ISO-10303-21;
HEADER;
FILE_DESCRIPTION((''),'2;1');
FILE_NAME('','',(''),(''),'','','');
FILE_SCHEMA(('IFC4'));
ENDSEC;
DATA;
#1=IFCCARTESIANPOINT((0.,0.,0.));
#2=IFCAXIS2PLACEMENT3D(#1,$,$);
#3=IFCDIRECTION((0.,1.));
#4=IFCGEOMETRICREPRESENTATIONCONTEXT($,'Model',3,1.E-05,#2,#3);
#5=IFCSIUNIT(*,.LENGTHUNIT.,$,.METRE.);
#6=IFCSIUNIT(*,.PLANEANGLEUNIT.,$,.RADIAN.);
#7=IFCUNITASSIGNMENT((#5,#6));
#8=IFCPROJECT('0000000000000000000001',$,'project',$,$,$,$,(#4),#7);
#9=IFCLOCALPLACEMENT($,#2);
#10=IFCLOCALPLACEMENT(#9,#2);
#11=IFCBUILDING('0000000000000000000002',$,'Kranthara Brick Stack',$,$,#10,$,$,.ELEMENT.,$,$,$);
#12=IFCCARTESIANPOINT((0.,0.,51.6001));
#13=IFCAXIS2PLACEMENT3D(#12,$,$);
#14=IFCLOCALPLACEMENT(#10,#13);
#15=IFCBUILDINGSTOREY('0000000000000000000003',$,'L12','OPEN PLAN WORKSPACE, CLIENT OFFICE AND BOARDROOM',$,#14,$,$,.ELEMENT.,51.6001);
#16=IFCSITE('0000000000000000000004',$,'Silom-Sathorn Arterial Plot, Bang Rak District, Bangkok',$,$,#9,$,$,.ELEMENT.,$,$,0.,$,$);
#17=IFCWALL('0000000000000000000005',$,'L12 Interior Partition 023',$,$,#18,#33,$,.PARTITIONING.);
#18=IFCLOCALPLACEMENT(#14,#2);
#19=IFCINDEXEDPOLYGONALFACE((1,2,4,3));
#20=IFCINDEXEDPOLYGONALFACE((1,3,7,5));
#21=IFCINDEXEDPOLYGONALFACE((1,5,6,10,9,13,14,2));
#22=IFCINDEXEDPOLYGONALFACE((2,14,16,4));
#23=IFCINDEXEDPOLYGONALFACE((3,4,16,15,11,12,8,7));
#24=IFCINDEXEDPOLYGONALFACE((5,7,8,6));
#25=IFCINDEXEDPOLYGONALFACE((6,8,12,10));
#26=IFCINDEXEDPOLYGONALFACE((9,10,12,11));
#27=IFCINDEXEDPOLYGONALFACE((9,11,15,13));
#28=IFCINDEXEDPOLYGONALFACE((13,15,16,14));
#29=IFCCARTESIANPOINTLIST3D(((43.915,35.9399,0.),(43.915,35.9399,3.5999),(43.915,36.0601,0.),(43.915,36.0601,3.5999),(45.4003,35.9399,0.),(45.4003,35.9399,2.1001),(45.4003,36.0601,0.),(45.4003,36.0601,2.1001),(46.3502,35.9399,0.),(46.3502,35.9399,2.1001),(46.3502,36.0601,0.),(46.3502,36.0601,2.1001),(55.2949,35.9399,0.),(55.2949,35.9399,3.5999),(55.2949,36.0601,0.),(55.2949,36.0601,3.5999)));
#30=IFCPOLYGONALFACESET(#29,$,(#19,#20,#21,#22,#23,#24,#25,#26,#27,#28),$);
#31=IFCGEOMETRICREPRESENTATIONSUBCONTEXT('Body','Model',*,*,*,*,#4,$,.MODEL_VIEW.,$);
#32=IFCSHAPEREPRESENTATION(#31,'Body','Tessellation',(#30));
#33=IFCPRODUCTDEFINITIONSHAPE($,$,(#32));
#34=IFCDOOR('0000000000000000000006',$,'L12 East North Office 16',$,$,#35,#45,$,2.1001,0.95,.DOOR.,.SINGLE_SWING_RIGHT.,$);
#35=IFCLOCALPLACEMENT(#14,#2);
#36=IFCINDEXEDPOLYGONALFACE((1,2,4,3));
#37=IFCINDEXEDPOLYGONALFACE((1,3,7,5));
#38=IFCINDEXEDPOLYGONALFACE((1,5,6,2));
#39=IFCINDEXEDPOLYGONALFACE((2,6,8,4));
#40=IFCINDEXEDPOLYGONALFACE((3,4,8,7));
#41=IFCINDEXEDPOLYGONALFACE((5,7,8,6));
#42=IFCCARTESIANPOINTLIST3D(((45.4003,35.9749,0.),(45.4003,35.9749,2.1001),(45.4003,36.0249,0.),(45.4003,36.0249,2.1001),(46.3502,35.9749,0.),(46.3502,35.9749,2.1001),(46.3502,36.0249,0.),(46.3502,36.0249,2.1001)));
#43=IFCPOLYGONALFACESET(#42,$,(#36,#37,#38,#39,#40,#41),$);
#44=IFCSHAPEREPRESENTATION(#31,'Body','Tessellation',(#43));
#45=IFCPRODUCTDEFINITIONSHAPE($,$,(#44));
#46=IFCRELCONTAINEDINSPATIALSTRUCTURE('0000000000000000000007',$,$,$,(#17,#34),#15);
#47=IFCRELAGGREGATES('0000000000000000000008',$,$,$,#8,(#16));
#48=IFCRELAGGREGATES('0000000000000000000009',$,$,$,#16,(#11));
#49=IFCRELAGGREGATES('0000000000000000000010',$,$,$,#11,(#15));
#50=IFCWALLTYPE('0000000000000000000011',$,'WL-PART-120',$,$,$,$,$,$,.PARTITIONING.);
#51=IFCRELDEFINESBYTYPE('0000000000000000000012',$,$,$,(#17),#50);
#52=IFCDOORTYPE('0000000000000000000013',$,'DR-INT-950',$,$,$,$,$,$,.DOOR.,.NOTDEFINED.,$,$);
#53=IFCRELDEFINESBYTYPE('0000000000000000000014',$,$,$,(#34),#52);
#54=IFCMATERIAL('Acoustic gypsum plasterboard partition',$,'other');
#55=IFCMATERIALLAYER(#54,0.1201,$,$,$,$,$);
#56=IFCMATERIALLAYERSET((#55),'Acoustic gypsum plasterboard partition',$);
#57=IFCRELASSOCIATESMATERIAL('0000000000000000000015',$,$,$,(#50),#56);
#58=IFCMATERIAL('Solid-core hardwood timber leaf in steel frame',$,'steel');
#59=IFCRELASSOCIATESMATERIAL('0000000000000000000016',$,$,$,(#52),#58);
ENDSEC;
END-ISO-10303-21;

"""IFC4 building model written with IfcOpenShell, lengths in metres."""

from ifc_helpers import new_model, si_unit, direction, frame, frame_2d, origin, place, context, subcontext, project, spatial, rectangle, extrude, material, layer, layer_set, type_object, element, fill, save


model = new_model("IFC4")

# Units and contexts
model_context = context("Model", 3, precision=1e-05, world=origin(), true_north=direction((0.0, 1.0)))
body_context = subcontext(model_context, "Body", "Model", "MODEL_VIEW")
ifc_project = project(units=[si_unit("LENGTHUNIT", "METRE"), si_unit("PLANEANGLEUNIT", "RADIAN")], contexts=[model_context])

# Site, building, storey
site_placement = place(None, origin())
site = spatial("IfcSite", under=ifc_project, at=site_placement, Name="Silom-Sathorn Arterial Plot, Bang Rak District, Bangkok", CompositionType="ELEMENT", RefElevation=0.0)
building_placement = place(site_placement, origin())
building = spatial("IfcBuilding", under=site, at=building_placement, Name="Kranthara Brick Stack", CompositionType="ELEMENT")
storey_placement = place(building_placement, frame((0.0, 0.0, 51.6001)))
storey = spatial("IfcBuildingStorey", under=building, at=storey_placement, Name="L12", Description="OPEN PLAN WORKSPACE, CLIENT OFFICE AND BOARDROOM", CompositionType="ELEMENT", Elevation=51.6001)

# Shared definitions
ifc_material_1 = material(Name="Acoustic gypsum plasterboard partition", Category="other")
ifc_layer_1 = layer(ifc_material_1, 0.1201)
ifc_layer_set_1 = layer_set([ifc_layer_1], Name="Acoustic gypsum plasterboard partition")
wall_type_1 = type_object("IfcWallType", Name="WL-PART-120", PredefinedType="PARTITIONING", material=ifc_layer_set_1)

# Wall, opening, door
wall_1_placement = place(storey_placement, frame((43.915, 36.0, 0.0), z_axis=(0.0, 0.0, 1.0), x_axis=(1.0, 0.0, 0.0)))
wall_1 = element("IfcWall", 1, at=wall_1_placement, inside=storey, type_object=wall_type_1, Name="L12 Interior Partition 023", PredefinedType="PARTITIONING", context=body_context, shape_type="SweptSolid", body=[
    extrude(rectangle(XDim=11.3799, YDim=0.1201, at=frame_2d((5.6899, 0.0))), origin(), (0.0, 0.0, 1.0), 3.5999),
])
opening_1_placement = place(wall_1_placement, frame((1.4851, 0.0, 0.0)))
opening_1 = element("IfcOpeningElement", 2, at=opening_1_placement, cuts=wall_1, PredefinedType="OPENING", context=body_context, shape_type="SweptSolid", body=[
    extrude(rectangle(XDim=0.95, YDim=2.1001, at=frame_2d((0.4751, 1.05))), frame((0.0, 0.0701, 0.0), z_axis=(0.0, -1.0, 0.0), x_axis=(1.0, 0.0, 0.0)), (0.0, 0.0, 1.0), 0.1401),
])
ifc_material_2 = material(Name="Solid-core hardwood timber leaf in steel frame", Category="steel")
door_type = type_object("IfcDoorType", Name="DR-INT-950", OperationType="NOTDEFINED", PredefinedType="DOOR", material=ifc_material_2)
door_placement = place(opening_1_placement, origin())
door = element("IfcDoor", 3, at=door_placement, inside=storey, type_object=door_type, Name="L12 East North Office 16", OperationType="SINGLE_SWING_RIGHT", OverallHeight=2.1001, OverallWidth=0.95, PredefinedType="DOOR", context=body_context, shape_type="SweptSolid", body=[
    extrude(rectangle(XDim=0.95, YDim=2.1001, at=frame_2d((0.4751, 1.05))), frame((0.0, 0.0249, 0.0), z_axis=(0.0, -1.0, 0.0), x_axis=(1.0, 0.0, 0.0)), (0.0, 0.0, 1.0), 0.05),
])
fill(opening_1, door)

save(model, "model.ifc")
